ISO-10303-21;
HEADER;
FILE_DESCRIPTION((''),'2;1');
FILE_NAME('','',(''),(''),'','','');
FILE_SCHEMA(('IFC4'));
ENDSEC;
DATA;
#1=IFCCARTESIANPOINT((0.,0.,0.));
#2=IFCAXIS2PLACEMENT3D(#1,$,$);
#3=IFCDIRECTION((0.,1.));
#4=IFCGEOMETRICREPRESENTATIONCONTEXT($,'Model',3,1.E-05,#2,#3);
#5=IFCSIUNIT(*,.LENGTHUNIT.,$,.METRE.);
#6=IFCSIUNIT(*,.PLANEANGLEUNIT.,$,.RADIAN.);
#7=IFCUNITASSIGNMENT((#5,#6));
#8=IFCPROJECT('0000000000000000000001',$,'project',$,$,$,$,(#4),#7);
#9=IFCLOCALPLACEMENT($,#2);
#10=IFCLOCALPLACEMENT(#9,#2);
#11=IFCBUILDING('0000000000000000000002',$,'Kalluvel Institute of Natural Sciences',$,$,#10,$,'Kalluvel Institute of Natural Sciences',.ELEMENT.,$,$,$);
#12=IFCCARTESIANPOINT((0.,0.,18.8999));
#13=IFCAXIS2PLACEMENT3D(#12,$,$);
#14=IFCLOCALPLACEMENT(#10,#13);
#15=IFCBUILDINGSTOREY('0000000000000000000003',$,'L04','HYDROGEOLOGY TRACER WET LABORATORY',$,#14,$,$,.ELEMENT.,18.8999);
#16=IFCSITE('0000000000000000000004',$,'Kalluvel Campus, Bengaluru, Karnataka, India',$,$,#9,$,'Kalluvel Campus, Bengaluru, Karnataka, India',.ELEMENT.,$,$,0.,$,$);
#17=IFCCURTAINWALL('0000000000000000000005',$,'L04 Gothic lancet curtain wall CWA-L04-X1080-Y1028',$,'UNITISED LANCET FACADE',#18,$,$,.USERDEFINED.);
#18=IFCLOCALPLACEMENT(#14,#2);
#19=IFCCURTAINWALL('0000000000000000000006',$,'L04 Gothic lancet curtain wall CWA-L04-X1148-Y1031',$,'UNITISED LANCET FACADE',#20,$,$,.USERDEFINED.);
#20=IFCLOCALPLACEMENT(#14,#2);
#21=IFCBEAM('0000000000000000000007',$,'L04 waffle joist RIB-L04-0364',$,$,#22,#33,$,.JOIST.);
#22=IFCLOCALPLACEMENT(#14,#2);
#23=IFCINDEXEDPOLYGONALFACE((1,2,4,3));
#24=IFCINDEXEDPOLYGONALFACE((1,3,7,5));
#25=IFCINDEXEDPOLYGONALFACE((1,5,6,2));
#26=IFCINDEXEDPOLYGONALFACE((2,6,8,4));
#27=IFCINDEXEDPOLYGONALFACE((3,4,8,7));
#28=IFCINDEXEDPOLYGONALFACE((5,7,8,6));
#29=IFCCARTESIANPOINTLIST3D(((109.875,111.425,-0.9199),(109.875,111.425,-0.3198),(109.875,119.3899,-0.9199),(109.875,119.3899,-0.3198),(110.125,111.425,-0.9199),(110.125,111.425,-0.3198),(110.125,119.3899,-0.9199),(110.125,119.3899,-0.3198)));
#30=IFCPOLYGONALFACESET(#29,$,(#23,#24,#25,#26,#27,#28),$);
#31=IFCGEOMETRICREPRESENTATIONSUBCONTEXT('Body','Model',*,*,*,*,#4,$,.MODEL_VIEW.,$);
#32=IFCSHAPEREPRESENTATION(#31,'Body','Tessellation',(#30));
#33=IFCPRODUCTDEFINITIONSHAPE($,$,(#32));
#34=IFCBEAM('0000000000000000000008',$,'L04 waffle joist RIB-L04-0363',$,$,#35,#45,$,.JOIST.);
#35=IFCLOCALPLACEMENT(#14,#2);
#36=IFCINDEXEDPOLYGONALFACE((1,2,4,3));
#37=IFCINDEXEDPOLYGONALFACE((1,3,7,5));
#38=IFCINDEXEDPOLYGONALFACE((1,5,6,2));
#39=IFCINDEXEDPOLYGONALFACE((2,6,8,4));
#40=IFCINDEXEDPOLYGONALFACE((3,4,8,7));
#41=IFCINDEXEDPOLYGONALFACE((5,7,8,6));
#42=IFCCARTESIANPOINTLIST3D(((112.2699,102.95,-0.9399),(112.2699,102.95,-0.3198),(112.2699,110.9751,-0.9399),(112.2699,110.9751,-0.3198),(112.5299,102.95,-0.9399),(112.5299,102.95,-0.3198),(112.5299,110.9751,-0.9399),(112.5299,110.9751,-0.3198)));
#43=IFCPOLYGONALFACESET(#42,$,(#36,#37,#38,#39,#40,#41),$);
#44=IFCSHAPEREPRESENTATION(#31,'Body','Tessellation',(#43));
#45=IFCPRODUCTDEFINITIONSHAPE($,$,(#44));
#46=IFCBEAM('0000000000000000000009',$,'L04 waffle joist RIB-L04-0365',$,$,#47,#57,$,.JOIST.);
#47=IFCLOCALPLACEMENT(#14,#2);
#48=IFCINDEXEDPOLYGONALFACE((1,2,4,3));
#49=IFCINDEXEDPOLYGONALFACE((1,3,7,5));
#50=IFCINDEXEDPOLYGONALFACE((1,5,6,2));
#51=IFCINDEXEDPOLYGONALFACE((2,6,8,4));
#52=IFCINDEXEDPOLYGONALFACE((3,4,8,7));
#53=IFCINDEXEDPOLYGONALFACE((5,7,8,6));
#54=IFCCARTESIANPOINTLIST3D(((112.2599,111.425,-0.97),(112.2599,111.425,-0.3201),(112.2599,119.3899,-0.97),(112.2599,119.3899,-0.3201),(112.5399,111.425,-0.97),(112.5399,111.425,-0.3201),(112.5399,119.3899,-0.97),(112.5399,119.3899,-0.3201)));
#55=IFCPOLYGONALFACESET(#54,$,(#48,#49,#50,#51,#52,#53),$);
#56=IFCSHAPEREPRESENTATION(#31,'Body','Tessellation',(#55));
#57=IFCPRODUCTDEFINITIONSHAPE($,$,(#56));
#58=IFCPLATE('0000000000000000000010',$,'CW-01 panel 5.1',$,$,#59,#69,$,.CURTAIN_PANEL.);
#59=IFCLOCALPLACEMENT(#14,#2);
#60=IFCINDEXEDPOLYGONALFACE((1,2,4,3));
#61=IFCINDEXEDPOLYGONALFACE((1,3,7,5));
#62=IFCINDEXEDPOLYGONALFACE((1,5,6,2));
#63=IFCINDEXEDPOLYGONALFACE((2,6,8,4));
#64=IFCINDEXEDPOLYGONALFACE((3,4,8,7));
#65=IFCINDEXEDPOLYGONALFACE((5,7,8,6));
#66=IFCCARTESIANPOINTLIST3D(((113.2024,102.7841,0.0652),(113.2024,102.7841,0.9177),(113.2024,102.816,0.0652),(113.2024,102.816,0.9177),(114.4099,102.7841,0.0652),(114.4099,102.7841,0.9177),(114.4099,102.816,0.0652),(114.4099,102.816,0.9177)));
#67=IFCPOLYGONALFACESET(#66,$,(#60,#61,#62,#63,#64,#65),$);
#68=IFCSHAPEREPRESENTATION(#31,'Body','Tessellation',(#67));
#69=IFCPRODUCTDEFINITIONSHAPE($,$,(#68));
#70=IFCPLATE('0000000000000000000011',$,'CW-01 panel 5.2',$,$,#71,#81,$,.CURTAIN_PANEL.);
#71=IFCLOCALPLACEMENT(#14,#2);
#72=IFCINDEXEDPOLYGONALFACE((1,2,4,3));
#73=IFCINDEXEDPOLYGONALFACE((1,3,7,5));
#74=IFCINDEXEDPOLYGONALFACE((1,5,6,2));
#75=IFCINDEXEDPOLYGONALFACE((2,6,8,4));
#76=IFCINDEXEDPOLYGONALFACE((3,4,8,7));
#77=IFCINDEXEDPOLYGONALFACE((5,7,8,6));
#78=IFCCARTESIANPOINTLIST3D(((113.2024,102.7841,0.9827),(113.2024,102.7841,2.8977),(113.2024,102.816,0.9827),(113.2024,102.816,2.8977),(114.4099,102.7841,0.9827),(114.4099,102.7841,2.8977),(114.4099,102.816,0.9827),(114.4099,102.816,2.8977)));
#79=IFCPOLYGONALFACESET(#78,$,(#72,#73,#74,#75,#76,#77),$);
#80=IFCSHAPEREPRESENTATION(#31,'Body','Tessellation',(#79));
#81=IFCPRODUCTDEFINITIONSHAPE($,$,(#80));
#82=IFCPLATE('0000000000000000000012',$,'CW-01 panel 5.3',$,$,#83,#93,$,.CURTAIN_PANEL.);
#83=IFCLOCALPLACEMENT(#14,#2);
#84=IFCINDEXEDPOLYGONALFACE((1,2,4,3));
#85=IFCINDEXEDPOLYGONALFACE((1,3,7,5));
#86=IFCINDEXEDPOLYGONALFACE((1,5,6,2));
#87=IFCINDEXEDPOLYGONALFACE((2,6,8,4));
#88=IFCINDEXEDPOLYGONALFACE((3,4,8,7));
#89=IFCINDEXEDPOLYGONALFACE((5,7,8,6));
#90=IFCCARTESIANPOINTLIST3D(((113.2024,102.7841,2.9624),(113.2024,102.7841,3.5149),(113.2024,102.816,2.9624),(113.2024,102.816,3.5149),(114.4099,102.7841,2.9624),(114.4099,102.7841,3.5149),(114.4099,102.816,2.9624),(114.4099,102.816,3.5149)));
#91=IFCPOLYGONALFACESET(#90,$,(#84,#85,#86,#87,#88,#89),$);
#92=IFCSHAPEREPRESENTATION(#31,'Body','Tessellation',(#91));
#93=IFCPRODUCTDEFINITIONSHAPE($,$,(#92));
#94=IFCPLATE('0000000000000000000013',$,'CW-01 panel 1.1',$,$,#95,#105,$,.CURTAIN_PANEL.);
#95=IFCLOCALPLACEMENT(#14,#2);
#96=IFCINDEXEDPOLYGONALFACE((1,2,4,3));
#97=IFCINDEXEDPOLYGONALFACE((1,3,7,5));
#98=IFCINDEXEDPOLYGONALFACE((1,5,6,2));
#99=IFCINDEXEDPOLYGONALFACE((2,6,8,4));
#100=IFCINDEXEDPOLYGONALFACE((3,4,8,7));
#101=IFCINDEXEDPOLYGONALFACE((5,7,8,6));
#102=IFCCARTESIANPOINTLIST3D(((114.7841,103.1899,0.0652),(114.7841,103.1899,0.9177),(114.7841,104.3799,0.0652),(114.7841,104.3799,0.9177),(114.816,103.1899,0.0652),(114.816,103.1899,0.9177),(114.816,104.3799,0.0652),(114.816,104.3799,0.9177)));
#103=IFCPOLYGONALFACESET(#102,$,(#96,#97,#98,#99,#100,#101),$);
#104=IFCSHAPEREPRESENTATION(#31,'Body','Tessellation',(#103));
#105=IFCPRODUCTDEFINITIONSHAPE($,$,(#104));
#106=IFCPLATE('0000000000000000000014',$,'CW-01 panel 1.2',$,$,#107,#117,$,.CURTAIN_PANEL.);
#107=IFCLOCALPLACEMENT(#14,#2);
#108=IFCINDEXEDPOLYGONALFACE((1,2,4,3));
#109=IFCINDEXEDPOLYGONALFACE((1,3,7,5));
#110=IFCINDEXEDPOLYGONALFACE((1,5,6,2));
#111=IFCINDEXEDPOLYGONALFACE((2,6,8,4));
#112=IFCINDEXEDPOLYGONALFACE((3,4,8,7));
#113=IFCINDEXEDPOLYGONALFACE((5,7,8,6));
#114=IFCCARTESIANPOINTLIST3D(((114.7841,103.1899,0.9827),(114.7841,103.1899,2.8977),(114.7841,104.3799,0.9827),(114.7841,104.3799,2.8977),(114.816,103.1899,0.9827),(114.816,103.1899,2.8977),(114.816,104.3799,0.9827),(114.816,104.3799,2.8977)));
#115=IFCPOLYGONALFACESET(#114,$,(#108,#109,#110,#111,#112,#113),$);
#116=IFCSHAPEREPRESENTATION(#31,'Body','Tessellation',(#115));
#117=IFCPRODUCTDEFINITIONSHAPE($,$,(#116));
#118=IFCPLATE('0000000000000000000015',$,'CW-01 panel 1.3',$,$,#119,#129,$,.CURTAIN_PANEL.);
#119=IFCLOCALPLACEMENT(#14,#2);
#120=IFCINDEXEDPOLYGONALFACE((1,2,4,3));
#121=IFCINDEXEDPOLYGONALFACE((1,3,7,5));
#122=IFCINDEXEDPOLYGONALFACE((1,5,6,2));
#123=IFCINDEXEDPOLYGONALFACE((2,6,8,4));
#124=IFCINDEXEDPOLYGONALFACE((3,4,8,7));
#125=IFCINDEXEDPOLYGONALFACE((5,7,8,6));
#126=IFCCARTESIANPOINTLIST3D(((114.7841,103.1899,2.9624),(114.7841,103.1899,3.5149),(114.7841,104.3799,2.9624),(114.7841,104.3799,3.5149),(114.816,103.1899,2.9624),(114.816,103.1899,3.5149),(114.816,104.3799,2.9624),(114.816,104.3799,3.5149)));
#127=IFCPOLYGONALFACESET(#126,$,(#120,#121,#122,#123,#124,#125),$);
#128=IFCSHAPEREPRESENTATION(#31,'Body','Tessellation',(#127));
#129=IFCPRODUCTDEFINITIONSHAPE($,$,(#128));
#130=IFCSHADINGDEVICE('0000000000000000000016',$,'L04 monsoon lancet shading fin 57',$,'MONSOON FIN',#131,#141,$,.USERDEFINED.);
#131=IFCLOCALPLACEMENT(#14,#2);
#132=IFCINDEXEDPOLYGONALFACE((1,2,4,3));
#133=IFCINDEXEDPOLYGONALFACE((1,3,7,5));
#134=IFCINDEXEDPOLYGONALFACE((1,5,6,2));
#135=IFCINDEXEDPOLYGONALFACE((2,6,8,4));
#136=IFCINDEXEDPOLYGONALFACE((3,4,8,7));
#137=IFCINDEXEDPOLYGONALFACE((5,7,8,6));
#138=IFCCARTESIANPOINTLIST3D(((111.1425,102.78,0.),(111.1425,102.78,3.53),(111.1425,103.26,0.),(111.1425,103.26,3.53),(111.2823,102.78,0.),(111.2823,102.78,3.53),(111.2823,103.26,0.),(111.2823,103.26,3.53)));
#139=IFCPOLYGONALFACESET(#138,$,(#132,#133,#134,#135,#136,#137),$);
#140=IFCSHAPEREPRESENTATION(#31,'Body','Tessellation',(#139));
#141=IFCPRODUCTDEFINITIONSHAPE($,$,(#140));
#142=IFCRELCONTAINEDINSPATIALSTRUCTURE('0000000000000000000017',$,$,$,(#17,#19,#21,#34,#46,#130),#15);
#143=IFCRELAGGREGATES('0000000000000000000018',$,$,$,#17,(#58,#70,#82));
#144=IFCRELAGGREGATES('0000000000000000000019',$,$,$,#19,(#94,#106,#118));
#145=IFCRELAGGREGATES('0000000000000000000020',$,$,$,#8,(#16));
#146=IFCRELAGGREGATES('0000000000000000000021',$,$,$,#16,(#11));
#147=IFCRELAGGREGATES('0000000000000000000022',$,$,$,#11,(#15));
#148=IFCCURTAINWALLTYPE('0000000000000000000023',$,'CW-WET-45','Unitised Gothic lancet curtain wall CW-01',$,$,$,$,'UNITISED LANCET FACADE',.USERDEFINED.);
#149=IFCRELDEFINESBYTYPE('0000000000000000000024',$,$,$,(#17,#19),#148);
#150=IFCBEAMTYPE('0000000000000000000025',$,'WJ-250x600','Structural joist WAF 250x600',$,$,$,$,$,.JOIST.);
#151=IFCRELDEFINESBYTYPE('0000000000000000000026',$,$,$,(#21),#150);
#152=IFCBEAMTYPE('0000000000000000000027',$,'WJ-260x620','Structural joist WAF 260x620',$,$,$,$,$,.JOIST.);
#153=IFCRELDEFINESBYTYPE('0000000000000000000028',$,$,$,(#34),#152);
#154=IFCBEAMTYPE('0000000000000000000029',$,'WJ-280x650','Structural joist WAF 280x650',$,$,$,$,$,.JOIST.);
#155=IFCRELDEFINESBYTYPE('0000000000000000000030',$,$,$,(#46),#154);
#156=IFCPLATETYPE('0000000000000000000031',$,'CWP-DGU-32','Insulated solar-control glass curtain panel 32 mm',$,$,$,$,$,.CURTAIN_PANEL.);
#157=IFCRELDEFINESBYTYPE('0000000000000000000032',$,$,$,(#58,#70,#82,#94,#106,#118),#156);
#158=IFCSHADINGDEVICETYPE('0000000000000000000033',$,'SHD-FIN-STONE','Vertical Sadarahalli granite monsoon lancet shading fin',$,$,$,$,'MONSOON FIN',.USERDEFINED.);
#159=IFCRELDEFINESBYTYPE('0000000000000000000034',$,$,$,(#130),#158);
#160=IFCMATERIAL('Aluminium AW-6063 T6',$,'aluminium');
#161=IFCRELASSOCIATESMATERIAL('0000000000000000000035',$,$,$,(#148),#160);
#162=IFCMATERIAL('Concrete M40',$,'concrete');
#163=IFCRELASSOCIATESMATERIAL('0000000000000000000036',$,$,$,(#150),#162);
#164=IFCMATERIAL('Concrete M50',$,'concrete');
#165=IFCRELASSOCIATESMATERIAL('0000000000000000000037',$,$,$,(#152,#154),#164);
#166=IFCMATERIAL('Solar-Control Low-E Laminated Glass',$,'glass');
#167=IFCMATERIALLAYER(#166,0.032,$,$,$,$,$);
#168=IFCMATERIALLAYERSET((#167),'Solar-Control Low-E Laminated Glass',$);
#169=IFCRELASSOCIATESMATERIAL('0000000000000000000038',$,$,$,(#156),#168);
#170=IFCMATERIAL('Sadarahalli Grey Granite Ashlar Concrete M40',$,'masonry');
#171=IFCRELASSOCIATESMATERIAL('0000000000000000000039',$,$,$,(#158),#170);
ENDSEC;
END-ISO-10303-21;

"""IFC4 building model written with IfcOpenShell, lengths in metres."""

from ifc_helpers import new_model, si_unit, direction, frame, origin, origin_2d, place, context, subcontext, project, spatial, rectangle, extrude, material, layer, layer_set, material_profile, profile_set, type_object, element, aggregate, save


model = new_model("IFC4")

# Units and contexts
model_context = context("Model", 3, precision=1e-05, world=origin(), true_north=direction((0.0, 1.0)))
body_context = subcontext(model_context, "Body", "Model", "MODEL_VIEW")
ifc_project = project(units=[si_unit("LENGTHUNIT", "METRE"), si_unit("PLANEANGLEUNIT", "RADIAN")], contexts=[model_context])

# Site, building, storey
site_placement = place(None, origin())
site = spatial("IfcSite", under=ifc_project, at=site_placement, Name="Kalluvel Campus, Bengaluru, Karnataka, India", LongName="Kalluvel Campus, Bengaluru, Karnataka, India", CompositionType="ELEMENT", RefElevation=0.0)
building_placement = place(site_placement, origin())
building = spatial("IfcBuilding", under=site, at=building_placement, Name="Kalluvel Institute of Natural Sciences", LongName="Kalluvel Institute of Natural Sciences", CompositionType="ELEMENT")
storey_placement = place(building_placement, frame((0.0, 0.0, 18.8999)))
storey = spatial("IfcBuildingStorey", under=building, at=storey_placement, Name="L04", Description="HYDROGEOLOGY TRACER WET LABORATORY", CompositionType="ELEMENT", Elevation=18.8999)

# Shared definitions
ifc_material_1 = material(Name="Concrete M40", Category="concrete")

# Shared definitions
ifc_material_2 = material(Name="Concrete M50", Category="concrete")

# Curtain wall
ifc_material_3 = material(Name="Aluminium AW-6063 T6", Category="aluminium")
curtain_wall_type = type_object("IfcCurtainWallType", Name="CW-WET-45", Description="Unitised Gothic lancet curtain wall CW-01", ElementType="UNITISED LANCET FACADE", PredefinedType="USERDEFINED", material=ifc_material_3)
curtain_wall_1_placement = place(storey_placement, origin())
curtain_wall_1 = element("IfcCurtainWall", 1, at=curtain_wall_1_placement, inside=storey, type_object=curtain_wall_type, Name="L04 Gothic lancet curtain wall CWA-L04-X1080-Y1028", ObjectType="UNITISED LANCET FACADE", PredefinedType="USERDEFINED")

# Curtain wall
curtain_wall_2_placement = place(storey_placement, origin())
curtain_wall_2 = element("IfcCurtainWall", 2, at=curtain_wall_2_placement, inside=storey, type_object=curtain_wall_type, Name="L04 Gothic lancet curtain wall CWA-L04-X1148-Y1031", ObjectType="UNITISED LANCET FACADE", PredefinedType="USERDEFINED")

# Beams
ifc_material_profile_1 = material_profile(ifc_material_1, rectangle(XDim=0.25, YDim=0.6001, at=origin_2d()), Name="WAF 250x600")
ifc_profile_set_1 = profile_set([ifc_material_profile_1], Name="Concrete M40")
beam_type_1 = type_object("IfcBeamType", Name="WJ-250x600", Description="Structural joist WAF 250x600", PredefinedType="JOIST", material=ifc_profile_set_1)
beam_1_placement = place(storey_placement, frame((110.0, 111.425, -0.6199), z_axis=(0.0, 1.0, 0.0), x_axis=(-1.0, 0.0, 0.0)))
element("IfcBeam", 3, at=beam_1_placement, inside=storey, type_object=beam_type_1, Name="L04 waffle joist RIB-L04-0364", PredefinedType="JOIST", context=body_context, shape_type="SweptSolid", body=[
    extrude(rectangle(XDim=0.25, YDim=0.6001, at=origin_2d()), origin(), (0.0, 0.0, 1.0), 7.9648),
])
ifc_material_profile_2 = material_profile(ifc_material_2, rectangle(XDim=0.26, YDim=0.6201, at=origin_2d()), Name="WAF 260x620")
ifc_profile_set_2 = profile_set([ifc_material_profile_2], Name="Concrete M50")
beam_type_2 = type_object("IfcBeamType", Name="WJ-260x620", Description="Structural joist WAF 260x620", PredefinedType="JOIST", material=ifc_profile_set_2)
beam_2_placement = place(storey_placement, frame((112.3999, 102.95, -0.6299), z_axis=(0.0, 1.0, 0.0), x_axis=(-1.0, 0.0, 0.0)))
element("IfcBeam", 4, at=beam_2_placement, inside=storey, type_object=beam_type_2, Name="L04 waffle joist RIB-L04-0363", PredefinedType="JOIST", context=body_context, shape_type="SweptSolid", body=[
    extrude(rectangle(XDim=0.26, YDim=0.6201, at=origin_2d()), origin(), (0.0, 0.0, 1.0), 8.0251),
])
ifc_material_profile_3 = material_profile(ifc_material_2, rectangle(XDim=0.28, YDim=0.6499, at=origin_2d()), Name="WAF 280x650")
ifc_profile_set_3 = profile_set([ifc_material_profile_3], Name="Concrete M50")
beam_type_3 = type_object("IfcBeamType", Name="WJ-280x650", Description="Structural joist WAF 280x650", PredefinedType="JOIST", material=ifc_profile_set_3)
beam_3_placement = place(storey_placement, frame((112.3999, 111.425, -0.645), z_axis=(0.0, 1.0, 0.0), x_axis=(-1.0, 0.0, 0.0)))
element("IfcBeam", 5, at=beam_3_placement, inside=storey, type_object=beam_type_3, Name="L04 waffle joist RIB-L04-0365", PredefinedType="JOIST", context=body_context, shape_type="SweptSolid", body=[
    extrude(rectangle(XDim=0.28, YDim=0.6499, at=origin_2d()), origin(), (0.0, 0.0, 1.0), 7.9648),
])

# Plates
ifc_material_4 = material(Name="Solar-Control Low-E Laminated Glass", Category="glass")
ifc_layer = layer(ifc_material_4, 0.032)
ifc_layer_set = layer_set([ifc_layer], Name="Solar-Control Low-E Laminated Glass")
plate_type = type_object("IfcPlateType", Name="CWP-DGU-32", Description="Insulated solar-control glass curtain panel 32 mm", PredefinedType="CURTAIN_PANEL", material=ifc_layer_set)
plate_1_placement = place(storey_placement, frame((113.8062, 102.8, 0.0652), z_axis=(0.0, 0.0, 1.0), x_axis=(1.0, 0.0, 0.0)))
plate_1 = element("IfcPlate", 6, at=plate_1_placement, type_object=plate_type, Name="CW-01 panel 5.1", PredefinedType="CURTAIN_PANEL", context=body_context, shape_type="SweptSolid", body=[
    extrude(rectangle(XDim=1.2075, YDim=0.032, at=origin_2d()), origin(), (0.0, 0.0, 1.0), 0.8525),
])
plate_2_placement = place(storey_placement, frame((113.8062, 102.8, 0.9827), z_axis=(0.0, 0.0, 1.0), x_axis=(1.0, 0.0, 0.0)))
plate_2 = element("IfcPlate", 7, at=plate_2_placement, type_object=plate_type, Name="CW-01 panel 5.2", PredefinedType="CURTAIN_PANEL", context=body_context, shape_type="SweptSolid", body=[
    extrude(rectangle(XDim=1.2075, YDim=0.032, at=origin_2d()), origin(), (0.0, 0.0, 1.0), 1.915),
])
plate_3_placement = place(storey_placement, frame((113.8062, 102.8, 2.9624), z_axis=(0.0, 0.0, 1.0), x_axis=(1.0, 0.0, 0.0)))
plate_3 = element("IfcPlate", 8, at=plate_3_placement, type_object=plate_type, Name="CW-01 panel 5.3", PredefinedType="CURTAIN_PANEL", context=body_context, shape_type="SweptSolid", body=[
    extrude(rectangle(XDim=1.2075, YDim=0.032, at=origin_2d()), origin(), (0.0, 0.0, 1.0), 0.5525),
])
aggregate(curtain_wall_1, [plate_1, plate_2, plate_3])
plate_4_placement = place(storey_placement, frame((114.8, 103.7849, 0.0652), z_axis=(0.0, 0.0, 1.0), x_axis=(0.0, 1.0, 0.0)))
plate_4 = element("IfcPlate", 9, at=plate_4_placement, type_object=plate_type, Name="CW-01 panel 1.1", PredefinedType="CURTAIN_PANEL", context=body_context, shape_type="SweptSolid", body=[
    extrude(rectangle(XDim=1.1899, YDim=0.032, at=origin_2d()), origin(), (0.0, 0.0, 1.0), 0.8525),
])
plate_5_placement = place(storey_placement, frame((114.8, 103.7849, 0.9827), z_axis=(0.0, 0.0, 1.0), x_axis=(0.0, 1.0, 0.0)))
plate_5 = element("IfcPlate", 10, at=plate_5_placement, type_object=plate_type, Name="CW-01 panel 1.2", PredefinedType="CURTAIN_PANEL", context=body_context, shape_type="SweptSolid", body=[
    extrude(rectangle(XDim=1.1899, YDim=0.032, at=origin_2d()), origin(), (0.0, 0.0, 1.0), 1.915),
])
plate_6_placement = place(storey_placement, frame((114.8, 103.7849, 2.9624), z_axis=(0.0, 0.0, 1.0), x_axis=(0.0, 1.0, 0.0)))
plate_6 = element("IfcPlate", 11, at=plate_6_placement, type_object=plate_type, Name="CW-01 panel 1.3", PredefinedType="CURTAIN_PANEL", context=body_context, shape_type="SweptSolid", body=[
    extrude(rectangle(XDim=1.1899, YDim=0.032, at=origin_2d()), origin(), (0.0, 0.0, 1.0), 0.5525),
])
aggregate(curtain_wall_2, [plate_4, plate_5, plate_6])

# Shading device
ifc_material_5 = material(Name="Sadarahalli Grey Granite Ashlar Concrete M40", Category="masonry")
shading_device_type = type_object("IfcShadingDeviceType", Name="SHD-FIN-STONE", Description="Vertical Sadarahalli granite monsoon lancet shading fin", ElementType="MONSOON FIN", PredefinedType="USERDEFINED", material=ifc_material_5)
shading_device_placement = place(storey_placement, frame((111.2124, 103.02, 0.0), z_axis=(0.0, 0.0, 1.0), x_axis=(1.0, 0.0, 0.0)))
element("IfcShadingDevice", 12, at=shading_device_placement, inside=storey, type_object=shading_device_type, Name="L04 monsoon lancet shading fin 57", ObjectType="MONSOON FIN", PredefinedType="USERDEFINED", context=body_context, shape_type="SweptSolid", body=[
    extrude(rectangle(XDim=0.1399, YDim=0.48, at=origin_2d()), origin(), (0.0, 0.0, 1.0), 3.53),
])

save(model, "model.ifc")
